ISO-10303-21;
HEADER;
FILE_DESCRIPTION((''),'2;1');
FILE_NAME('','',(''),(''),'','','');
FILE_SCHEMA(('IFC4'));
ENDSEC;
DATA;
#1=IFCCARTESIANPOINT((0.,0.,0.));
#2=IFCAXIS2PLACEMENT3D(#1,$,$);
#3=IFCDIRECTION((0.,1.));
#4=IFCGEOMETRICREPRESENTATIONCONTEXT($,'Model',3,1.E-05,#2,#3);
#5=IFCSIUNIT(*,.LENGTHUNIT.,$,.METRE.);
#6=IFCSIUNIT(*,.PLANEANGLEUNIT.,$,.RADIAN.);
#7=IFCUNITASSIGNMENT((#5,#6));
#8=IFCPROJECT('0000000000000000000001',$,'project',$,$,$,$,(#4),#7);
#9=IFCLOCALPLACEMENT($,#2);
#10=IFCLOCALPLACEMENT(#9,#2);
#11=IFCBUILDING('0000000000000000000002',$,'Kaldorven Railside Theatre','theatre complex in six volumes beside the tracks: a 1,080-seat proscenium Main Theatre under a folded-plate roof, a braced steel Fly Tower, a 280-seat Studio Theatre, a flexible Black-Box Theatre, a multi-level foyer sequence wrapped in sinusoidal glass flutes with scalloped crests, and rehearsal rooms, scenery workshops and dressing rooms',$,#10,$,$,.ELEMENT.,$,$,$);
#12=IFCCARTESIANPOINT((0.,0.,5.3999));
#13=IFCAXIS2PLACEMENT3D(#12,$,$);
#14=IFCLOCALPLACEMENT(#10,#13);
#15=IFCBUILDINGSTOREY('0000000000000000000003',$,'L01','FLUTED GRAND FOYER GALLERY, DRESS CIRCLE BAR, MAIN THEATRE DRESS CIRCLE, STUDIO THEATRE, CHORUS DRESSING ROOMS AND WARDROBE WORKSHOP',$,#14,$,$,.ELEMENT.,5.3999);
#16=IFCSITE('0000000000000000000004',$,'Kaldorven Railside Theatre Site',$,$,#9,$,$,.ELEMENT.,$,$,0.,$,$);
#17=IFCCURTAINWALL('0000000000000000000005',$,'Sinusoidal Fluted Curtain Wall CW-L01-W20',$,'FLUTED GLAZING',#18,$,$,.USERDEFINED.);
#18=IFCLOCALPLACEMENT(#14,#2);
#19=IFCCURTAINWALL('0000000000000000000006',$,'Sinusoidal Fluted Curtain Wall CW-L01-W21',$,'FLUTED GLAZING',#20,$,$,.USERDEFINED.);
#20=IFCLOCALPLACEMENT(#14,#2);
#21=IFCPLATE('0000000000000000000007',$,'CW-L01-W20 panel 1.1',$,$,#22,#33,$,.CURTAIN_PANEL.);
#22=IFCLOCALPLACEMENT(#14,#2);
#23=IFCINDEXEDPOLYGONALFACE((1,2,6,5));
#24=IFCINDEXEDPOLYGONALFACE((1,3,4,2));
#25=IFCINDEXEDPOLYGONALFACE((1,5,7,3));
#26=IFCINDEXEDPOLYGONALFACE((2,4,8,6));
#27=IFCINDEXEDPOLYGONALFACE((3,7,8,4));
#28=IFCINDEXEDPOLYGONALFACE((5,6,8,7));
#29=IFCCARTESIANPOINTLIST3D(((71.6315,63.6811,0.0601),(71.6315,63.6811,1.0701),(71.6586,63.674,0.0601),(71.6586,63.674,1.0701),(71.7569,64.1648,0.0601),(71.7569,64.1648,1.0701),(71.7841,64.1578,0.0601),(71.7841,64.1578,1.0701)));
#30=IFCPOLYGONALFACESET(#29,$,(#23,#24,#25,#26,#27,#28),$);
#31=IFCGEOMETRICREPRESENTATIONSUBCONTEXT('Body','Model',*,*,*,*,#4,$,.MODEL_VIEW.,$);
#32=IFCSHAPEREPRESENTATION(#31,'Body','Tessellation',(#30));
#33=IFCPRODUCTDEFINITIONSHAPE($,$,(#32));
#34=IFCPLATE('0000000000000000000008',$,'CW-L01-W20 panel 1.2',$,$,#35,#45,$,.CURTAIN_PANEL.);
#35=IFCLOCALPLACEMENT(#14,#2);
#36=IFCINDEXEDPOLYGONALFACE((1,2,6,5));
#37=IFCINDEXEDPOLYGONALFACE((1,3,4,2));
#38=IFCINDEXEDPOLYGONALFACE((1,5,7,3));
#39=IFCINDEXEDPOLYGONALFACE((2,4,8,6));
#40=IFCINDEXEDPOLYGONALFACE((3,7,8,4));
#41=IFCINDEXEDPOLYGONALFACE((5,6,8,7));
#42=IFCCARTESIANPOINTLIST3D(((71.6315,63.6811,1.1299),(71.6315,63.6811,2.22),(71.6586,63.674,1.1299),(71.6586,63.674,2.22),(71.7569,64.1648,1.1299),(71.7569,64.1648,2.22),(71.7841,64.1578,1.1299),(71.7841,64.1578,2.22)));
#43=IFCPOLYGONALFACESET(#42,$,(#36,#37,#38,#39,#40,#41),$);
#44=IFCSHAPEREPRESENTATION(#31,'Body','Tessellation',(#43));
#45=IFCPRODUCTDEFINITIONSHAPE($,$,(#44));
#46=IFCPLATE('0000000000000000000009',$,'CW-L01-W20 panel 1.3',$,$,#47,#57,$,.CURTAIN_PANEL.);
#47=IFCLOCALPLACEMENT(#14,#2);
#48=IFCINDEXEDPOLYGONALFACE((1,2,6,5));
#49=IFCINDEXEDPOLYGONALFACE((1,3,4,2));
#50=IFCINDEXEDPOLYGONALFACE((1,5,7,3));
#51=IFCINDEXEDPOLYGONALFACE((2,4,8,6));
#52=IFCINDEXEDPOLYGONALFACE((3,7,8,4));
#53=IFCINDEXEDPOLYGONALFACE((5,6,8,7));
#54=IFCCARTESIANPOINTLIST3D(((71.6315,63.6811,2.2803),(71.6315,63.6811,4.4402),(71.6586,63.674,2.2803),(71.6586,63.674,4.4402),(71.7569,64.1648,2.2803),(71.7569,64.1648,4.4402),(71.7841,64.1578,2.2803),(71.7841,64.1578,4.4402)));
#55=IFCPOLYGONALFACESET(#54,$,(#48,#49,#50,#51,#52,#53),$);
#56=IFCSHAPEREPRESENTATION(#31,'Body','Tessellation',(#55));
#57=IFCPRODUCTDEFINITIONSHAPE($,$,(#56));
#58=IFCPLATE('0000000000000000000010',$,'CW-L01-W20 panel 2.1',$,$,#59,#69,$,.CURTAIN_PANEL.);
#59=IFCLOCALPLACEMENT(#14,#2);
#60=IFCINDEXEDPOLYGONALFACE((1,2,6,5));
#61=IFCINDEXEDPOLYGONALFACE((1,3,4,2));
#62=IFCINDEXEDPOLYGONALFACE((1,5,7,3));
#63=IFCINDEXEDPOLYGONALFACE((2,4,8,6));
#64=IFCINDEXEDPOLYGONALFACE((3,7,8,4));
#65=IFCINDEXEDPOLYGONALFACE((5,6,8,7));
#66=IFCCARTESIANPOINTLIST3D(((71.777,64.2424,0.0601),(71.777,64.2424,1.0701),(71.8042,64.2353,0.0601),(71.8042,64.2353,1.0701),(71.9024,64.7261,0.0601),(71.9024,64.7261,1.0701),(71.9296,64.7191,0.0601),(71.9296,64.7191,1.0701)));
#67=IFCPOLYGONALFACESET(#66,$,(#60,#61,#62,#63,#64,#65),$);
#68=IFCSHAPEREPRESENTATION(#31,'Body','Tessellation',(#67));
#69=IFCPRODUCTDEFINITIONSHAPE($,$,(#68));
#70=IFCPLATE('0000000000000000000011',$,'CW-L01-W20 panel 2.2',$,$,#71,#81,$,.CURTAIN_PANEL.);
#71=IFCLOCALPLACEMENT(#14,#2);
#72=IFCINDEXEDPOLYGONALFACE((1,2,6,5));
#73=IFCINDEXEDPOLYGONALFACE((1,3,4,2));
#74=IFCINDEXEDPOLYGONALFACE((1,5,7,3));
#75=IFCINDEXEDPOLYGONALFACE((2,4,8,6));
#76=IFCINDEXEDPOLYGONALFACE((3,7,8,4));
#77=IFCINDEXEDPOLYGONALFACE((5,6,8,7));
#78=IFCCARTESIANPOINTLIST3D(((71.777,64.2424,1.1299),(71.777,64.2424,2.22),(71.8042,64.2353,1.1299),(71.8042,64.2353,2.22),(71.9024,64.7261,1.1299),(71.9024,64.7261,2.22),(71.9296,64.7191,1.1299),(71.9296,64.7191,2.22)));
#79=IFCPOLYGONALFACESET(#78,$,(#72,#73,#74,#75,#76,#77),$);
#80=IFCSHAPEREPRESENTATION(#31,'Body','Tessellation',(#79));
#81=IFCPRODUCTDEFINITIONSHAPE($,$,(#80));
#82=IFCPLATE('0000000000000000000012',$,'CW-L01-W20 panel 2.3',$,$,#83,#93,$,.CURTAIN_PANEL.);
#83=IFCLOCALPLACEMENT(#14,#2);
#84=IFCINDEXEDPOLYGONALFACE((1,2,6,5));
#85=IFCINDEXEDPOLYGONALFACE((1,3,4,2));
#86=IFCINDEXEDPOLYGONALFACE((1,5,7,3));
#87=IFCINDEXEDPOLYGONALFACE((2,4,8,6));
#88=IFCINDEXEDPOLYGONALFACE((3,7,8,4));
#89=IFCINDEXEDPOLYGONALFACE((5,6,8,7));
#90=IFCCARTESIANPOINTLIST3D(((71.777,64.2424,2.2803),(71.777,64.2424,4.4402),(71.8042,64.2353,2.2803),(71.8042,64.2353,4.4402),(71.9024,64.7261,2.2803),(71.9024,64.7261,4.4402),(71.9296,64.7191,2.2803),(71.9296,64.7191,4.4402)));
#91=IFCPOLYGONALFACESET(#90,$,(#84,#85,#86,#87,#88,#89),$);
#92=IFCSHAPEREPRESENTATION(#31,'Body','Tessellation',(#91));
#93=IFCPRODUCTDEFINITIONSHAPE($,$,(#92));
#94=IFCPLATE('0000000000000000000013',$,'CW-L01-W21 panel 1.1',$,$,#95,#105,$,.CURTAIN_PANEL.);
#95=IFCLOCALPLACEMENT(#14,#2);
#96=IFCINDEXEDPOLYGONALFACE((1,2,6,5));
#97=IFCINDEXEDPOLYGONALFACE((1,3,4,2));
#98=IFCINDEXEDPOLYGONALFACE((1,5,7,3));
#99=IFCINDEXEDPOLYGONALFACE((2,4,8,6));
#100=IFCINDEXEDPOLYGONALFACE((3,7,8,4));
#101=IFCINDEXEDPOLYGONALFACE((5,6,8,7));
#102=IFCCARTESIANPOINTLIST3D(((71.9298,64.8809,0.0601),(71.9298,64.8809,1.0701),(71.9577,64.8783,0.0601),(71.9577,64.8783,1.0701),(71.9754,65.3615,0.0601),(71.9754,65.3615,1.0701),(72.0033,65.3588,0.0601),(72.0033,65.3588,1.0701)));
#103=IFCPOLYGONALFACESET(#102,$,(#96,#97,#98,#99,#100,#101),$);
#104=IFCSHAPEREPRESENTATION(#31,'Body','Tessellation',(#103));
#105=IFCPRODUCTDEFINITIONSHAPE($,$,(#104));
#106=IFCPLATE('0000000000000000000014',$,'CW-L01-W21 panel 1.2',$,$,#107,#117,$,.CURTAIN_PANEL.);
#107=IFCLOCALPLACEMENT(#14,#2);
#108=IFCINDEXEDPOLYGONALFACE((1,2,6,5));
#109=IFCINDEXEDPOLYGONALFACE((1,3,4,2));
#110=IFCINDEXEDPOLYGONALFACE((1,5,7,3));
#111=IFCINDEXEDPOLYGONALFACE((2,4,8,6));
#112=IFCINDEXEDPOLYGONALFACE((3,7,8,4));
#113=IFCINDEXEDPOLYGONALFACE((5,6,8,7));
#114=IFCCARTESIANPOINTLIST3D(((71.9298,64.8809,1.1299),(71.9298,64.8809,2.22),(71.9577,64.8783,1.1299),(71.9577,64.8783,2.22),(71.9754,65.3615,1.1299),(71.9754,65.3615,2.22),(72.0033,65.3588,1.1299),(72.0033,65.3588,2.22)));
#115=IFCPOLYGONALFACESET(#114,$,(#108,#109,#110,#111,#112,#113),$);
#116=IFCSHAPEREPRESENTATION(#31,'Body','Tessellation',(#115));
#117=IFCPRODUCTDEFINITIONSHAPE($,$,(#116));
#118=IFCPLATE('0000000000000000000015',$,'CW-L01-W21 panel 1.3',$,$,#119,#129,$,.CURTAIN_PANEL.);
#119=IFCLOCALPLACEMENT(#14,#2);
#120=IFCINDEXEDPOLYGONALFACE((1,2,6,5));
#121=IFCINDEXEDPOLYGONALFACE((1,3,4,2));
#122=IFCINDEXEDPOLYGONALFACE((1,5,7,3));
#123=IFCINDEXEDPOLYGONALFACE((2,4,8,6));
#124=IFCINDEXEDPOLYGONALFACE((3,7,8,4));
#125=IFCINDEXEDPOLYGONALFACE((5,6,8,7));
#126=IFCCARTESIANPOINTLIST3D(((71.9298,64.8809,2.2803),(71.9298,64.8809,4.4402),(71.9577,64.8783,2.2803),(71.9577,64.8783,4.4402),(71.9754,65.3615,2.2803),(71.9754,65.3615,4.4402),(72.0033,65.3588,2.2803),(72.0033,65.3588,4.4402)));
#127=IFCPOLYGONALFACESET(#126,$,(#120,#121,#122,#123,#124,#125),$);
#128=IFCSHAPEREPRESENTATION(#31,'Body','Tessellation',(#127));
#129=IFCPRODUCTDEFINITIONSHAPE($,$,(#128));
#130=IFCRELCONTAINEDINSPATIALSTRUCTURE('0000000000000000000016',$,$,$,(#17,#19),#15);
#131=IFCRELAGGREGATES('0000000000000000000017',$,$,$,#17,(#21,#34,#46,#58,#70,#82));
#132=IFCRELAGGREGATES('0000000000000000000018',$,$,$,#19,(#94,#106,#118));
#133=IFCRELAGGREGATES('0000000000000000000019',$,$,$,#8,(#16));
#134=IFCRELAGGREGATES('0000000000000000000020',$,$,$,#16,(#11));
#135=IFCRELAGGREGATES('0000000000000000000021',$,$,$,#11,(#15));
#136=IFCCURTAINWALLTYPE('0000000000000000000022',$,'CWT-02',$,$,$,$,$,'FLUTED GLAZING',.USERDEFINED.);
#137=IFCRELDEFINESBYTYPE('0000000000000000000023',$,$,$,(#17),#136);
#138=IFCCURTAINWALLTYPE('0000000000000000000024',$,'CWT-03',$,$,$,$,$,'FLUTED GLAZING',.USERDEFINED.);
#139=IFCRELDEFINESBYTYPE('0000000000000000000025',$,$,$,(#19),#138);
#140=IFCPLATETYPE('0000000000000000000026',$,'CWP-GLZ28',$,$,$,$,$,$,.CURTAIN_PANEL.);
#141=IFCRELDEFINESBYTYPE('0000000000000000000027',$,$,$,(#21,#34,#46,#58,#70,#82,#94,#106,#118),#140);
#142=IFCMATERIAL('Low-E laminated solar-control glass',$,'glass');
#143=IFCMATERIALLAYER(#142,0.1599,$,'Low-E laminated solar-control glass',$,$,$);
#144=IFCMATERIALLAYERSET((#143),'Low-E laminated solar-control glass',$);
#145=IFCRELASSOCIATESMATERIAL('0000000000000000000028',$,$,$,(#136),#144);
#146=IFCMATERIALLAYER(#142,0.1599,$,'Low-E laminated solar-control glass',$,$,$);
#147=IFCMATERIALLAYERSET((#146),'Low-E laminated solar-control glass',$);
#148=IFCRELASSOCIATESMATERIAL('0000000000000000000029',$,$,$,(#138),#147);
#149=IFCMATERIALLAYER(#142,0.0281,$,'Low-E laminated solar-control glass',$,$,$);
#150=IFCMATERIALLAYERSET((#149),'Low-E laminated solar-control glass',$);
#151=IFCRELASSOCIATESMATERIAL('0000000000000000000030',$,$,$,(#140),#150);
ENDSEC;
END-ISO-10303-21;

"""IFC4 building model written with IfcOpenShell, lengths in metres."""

from ifc_helpers import new_model, si_unit, direction, frame, origin, origin_2d, place, context, subcontext, project, spatial, rectangle, extrude, material, layer, layer_set, type_object, element, aggregate, save


model = new_model("IFC4")

# Units and contexts
model_context = context("Model", 3, precision=1e-05, world=origin(), true_north=direction((0.0, 1.0)))
body_context = subcontext(model_context, "Body", "Model", "MODEL_VIEW")
ifc_project = project(units=[si_unit("LENGTHUNIT", "METRE"), si_unit("PLANEANGLEUNIT", "RADIAN")], contexts=[model_context])

# Site, building, storey
site_placement = place(None, origin())
site = spatial("IfcSite", under=ifc_project, at=site_placement, Name="Kaldorven Railside Theatre Site", CompositionType="ELEMENT", RefElevation=0.0)
building_placement = place(site_placement, origin())
building = spatial("IfcBuilding", under=site, at=building_placement, Name="Kaldorven Railside Theatre", Description="theatre complex in six volumes beside the tracks: a 1,080-seat proscenium Main Theatre under a folded-plate roof, a braced steel Fly Tower, a 280-seat Studio Theatre, a flexible Black-Box Theatre, a multi-level foyer sequence wrapped in sinusoidal glass flutes with scalloped crests, and rehearsal rooms, scenery workshops and dressing rooms", CompositionType="ELEMENT")
storey_placement = place(building_placement, frame((0.0, 0.0, 5.3999)))
storey = spatial("IfcBuildingStorey", under=building, at=storey_placement, Name="L01", Description="FLUTED GRAND FOYER GALLERY, DRESS CIRCLE BAR, MAIN THEATRE DRESS CIRCLE, STUDIO THEATRE, CHORUS DRESSING ROOMS AND WARDROBE WORKSHOP", CompositionType="ELEMENT", Elevation=5.3999)

# Curtain walls
ifc_material_1 = material(Name="Low-E laminated solar-control glass", Category="glass")
ifc_layer_1 = layer(ifc_material_1, 0.1599, Name="Low-E laminated solar-control glass")
ifc_layer_set_1 = layer_set([ifc_layer_1], Name="Low-E laminated solar-control glass")
curtain_wall_type_1 = type_object("IfcCurtainWallType", Name="CWT-02", ElementType="FLUTED GLAZING", PredefinedType="USERDEFINED", material=ifc_layer_set_1)
curtain_wall_1_placement = place(storey_placement, origin())
curtain_wall_1 = element("IfcCurtainWall", 1, at=curtain_wall_1_placement, inside=storey, type_object=curtain_wall_type_1, Name="Sinusoidal Fluted Curtain Wall CW-L01-W20", ObjectType="FLUTED GLAZING", PredefinedType="USERDEFINED")
ifc_layer_2 = layer(ifc_material_1, 0.1599, Name="Low-E laminated solar-control glass")
ifc_layer_set_2 = layer_set([ifc_layer_2], Name="Low-E laminated solar-control glass")
curtain_wall_type_2 = type_object("IfcCurtainWallType", Name="CWT-03", ElementType="FLUTED GLAZING", PredefinedType="USERDEFINED", material=ifc_layer_set_2)
curtain_wall_2_placement = place(storey_placement, origin())
curtain_wall_2 = element("IfcCurtainWall", 2, at=curtain_wall_2_placement, inside=storey, type_object=curtain_wall_type_2, Name="Sinusoidal Fluted Curtain Wall CW-L01-W21", ObjectType="FLUTED GLAZING", PredefinedType="USERDEFINED")

# Plates
ifc_layer_3 = layer(ifc_material_1, 0.0281, Name="Low-E laminated solar-control glass")
ifc_layer_set_3 = layer_set([ifc_layer_3], Name="Low-E laminated solar-control glass")
plate_type = type_object("IfcPlateType", Name="CWP-GLZ28", PredefinedType="CURTAIN_PANEL", material=ifc_layer_set_3)
plate_1_placement = place(storey_placement, frame((71.7078, 63.9194, 0.0601), z_axis=(0.0, 0.0, 1.0), x_axis=(0.250954, 0.967999, 0.0)))
plate_1 = element("IfcPlate", 3, at=plate_1_placement, type_object=plate_type, Name="CW-L01-W20 panel 1.1", PredefinedType="CURTAIN_PANEL", context=body_context, shape_type="SweptSolid", body=[
    extrude(rectangle(XDim=0.4998, YDim=0.0281, at=origin_2d()), origin(), (0.0, 0.0, 1.0), 1.01),
])
plate_2_placement = place(storey_placement, frame((71.7078, 63.9194, 1.1299), z_axis=(0.0, 0.0, 1.0), x_axis=(0.250954, 0.967999, 0.0)))
plate_2 = element("IfcPlate", 4, at=plate_2_placement, type_object=plate_type, Name="CW-L01-W20 panel 1.2", PredefinedType="CURTAIN_PANEL", context=body_context, shape_type="SweptSolid", body=[
    extrude(rectangle(XDim=0.4998, YDim=0.0281, at=origin_2d()), origin(), (0.0, 0.0, 1.0), 1.0901),
])
plate_3_placement = place(storey_placement, frame((71.7078, 63.9194, 2.2803), z_axis=(0.0, 0.0, 1.0), x_axis=(0.250954, 0.967999, 0.0)))
plate_3 = element("IfcPlate", 5, at=plate_3_placement, type_object=plate_type, Name="CW-L01-W20 panel 1.3", PredefinedType="CURTAIN_PANEL", context=body_context, shape_type="SweptSolid", body=[
    extrude(rectangle(XDim=0.4998, YDim=0.0281, at=origin_2d()), origin(), (0.0, 0.0, 1.0), 2.1599),
])
plate_4_placement = place(storey_placement, frame((71.8533, 64.4807, 0.0601), z_axis=(0.0, 0.0, 1.0), x_axis=(0.250954, 0.967999, 0.0)))
plate_4 = element("IfcPlate", 6, at=plate_4_placement, type_object=plate_type, Name="CW-L01-W20 panel 2.1", PredefinedType="CURTAIN_PANEL", context=body_context, shape_type="SweptSolid", body=[
    extrude(rectangle(XDim=0.4998, YDim=0.0281, at=origin_2d()), origin(), (0.0, 0.0, 1.0), 1.01),
])
plate_5_placement = place(storey_placement, frame((71.8533, 64.4807, 1.1299), z_axis=(0.0, 0.0, 1.0), x_axis=(0.250954, 0.967999, 0.0)))
plate_5 = element("IfcPlate", 7, at=plate_5_placement, type_object=plate_type, Name="CW-L01-W20 panel 2.2", PredefinedType="CURTAIN_PANEL", context=body_context, shape_type="SweptSolid", body=[
    extrude(rectangle(XDim=0.4998, YDim=0.0281, at=origin_2d()), origin(), (0.0, 0.0, 1.0), 1.0901),
])
plate_6_placement = place(storey_placement, frame((71.8533, 64.4807, 2.2803), z_axis=(0.0, 0.0, 1.0), x_axis=(0.250954, 0.967999, 0.0)))
plate_6 = element("IfcPlate", 8, at=plate_6_placement, type_object=plate_type, Name="CW-L01-W20 panel 2.3", PredefinedType="CURTAIN_PANEL", context=body_context, shape_type="SweptSolid", body=[
    extrude(rectangle(XDim=0.4998, YDim=0.0281, at=origin_2d()), origin(), (0.0, 0.0, 1.0), 2.1599),
])
aggregate(curtain_wall_1, [plate_1, plate_2, plate_3, plate_4, plate_5, plate_6])
plate_7_placement = place(storey_placement, frame((71.9666, 65.1199, 0.0601), z_axis=(0.0, 0.0, 1.0), x_axis=(0.094492, 0.995526, 0.0)))
plate_7 = element("IfcPlate", 9, at=plate_7_placement, type_object=plate_type, Name="CW-L01-W21 panel 1.1", PredefinedType="CURTAIN_PANEL", context=body_context, shape_type="SweptSolid", body=[
    extrude(rectangle(XDim=0.4827, YDim=0.0281, at=origin_2d()), origin(), (0.0, 0.0, 1.0), 1.01),
])
plate_8_placement = place(storey_placement, frame((71.9666, 65.1199, 1.1299), z_axis=(0.0, 0.0, 1.0), x_axis=(0.094492, 0.995526, 0.0)))
plate_8 = element("IfcPlate", 10, at=plate_8_placement, type_object=plate_type, Name="CW-L01-W21 panel 1.2", PredefinedType="CURTAIN_PANEL", context=body_context, shape_type="SweptSolid", body=[
    extrude(rectangle(XDim=0.4827, YDim=0.0281, at=origin_2d()), origin(), (0.0, 0.0, 1.0), 1.0901),
])
plate_9_placement = place(storey_placement, frame((71.9666, 65.1199, 2.2803), z_axis=(0.0, 0.0, 1.0), x_axis=(0.094492, 0.995526, 0.0)))
plate_9 = element("IfcPlate", 11, at=plate_9_placement, type_object=plate_type, Name="CW-L01-W21 panel 1.3", PredefinedType="CURTAIN_PANEL", context=body_context, shape_type="SweptSolid", body=[
    extrude(rectangle(XDim=0.4827, YDim=0.0281, at=origin_2d()), origin(), (0.0, 0.0, 1.0), 2.1599),
])
aggregate(curtain_wall_2, [plate_7, plate_8, plate_9])

save(model, "model.ifc")
